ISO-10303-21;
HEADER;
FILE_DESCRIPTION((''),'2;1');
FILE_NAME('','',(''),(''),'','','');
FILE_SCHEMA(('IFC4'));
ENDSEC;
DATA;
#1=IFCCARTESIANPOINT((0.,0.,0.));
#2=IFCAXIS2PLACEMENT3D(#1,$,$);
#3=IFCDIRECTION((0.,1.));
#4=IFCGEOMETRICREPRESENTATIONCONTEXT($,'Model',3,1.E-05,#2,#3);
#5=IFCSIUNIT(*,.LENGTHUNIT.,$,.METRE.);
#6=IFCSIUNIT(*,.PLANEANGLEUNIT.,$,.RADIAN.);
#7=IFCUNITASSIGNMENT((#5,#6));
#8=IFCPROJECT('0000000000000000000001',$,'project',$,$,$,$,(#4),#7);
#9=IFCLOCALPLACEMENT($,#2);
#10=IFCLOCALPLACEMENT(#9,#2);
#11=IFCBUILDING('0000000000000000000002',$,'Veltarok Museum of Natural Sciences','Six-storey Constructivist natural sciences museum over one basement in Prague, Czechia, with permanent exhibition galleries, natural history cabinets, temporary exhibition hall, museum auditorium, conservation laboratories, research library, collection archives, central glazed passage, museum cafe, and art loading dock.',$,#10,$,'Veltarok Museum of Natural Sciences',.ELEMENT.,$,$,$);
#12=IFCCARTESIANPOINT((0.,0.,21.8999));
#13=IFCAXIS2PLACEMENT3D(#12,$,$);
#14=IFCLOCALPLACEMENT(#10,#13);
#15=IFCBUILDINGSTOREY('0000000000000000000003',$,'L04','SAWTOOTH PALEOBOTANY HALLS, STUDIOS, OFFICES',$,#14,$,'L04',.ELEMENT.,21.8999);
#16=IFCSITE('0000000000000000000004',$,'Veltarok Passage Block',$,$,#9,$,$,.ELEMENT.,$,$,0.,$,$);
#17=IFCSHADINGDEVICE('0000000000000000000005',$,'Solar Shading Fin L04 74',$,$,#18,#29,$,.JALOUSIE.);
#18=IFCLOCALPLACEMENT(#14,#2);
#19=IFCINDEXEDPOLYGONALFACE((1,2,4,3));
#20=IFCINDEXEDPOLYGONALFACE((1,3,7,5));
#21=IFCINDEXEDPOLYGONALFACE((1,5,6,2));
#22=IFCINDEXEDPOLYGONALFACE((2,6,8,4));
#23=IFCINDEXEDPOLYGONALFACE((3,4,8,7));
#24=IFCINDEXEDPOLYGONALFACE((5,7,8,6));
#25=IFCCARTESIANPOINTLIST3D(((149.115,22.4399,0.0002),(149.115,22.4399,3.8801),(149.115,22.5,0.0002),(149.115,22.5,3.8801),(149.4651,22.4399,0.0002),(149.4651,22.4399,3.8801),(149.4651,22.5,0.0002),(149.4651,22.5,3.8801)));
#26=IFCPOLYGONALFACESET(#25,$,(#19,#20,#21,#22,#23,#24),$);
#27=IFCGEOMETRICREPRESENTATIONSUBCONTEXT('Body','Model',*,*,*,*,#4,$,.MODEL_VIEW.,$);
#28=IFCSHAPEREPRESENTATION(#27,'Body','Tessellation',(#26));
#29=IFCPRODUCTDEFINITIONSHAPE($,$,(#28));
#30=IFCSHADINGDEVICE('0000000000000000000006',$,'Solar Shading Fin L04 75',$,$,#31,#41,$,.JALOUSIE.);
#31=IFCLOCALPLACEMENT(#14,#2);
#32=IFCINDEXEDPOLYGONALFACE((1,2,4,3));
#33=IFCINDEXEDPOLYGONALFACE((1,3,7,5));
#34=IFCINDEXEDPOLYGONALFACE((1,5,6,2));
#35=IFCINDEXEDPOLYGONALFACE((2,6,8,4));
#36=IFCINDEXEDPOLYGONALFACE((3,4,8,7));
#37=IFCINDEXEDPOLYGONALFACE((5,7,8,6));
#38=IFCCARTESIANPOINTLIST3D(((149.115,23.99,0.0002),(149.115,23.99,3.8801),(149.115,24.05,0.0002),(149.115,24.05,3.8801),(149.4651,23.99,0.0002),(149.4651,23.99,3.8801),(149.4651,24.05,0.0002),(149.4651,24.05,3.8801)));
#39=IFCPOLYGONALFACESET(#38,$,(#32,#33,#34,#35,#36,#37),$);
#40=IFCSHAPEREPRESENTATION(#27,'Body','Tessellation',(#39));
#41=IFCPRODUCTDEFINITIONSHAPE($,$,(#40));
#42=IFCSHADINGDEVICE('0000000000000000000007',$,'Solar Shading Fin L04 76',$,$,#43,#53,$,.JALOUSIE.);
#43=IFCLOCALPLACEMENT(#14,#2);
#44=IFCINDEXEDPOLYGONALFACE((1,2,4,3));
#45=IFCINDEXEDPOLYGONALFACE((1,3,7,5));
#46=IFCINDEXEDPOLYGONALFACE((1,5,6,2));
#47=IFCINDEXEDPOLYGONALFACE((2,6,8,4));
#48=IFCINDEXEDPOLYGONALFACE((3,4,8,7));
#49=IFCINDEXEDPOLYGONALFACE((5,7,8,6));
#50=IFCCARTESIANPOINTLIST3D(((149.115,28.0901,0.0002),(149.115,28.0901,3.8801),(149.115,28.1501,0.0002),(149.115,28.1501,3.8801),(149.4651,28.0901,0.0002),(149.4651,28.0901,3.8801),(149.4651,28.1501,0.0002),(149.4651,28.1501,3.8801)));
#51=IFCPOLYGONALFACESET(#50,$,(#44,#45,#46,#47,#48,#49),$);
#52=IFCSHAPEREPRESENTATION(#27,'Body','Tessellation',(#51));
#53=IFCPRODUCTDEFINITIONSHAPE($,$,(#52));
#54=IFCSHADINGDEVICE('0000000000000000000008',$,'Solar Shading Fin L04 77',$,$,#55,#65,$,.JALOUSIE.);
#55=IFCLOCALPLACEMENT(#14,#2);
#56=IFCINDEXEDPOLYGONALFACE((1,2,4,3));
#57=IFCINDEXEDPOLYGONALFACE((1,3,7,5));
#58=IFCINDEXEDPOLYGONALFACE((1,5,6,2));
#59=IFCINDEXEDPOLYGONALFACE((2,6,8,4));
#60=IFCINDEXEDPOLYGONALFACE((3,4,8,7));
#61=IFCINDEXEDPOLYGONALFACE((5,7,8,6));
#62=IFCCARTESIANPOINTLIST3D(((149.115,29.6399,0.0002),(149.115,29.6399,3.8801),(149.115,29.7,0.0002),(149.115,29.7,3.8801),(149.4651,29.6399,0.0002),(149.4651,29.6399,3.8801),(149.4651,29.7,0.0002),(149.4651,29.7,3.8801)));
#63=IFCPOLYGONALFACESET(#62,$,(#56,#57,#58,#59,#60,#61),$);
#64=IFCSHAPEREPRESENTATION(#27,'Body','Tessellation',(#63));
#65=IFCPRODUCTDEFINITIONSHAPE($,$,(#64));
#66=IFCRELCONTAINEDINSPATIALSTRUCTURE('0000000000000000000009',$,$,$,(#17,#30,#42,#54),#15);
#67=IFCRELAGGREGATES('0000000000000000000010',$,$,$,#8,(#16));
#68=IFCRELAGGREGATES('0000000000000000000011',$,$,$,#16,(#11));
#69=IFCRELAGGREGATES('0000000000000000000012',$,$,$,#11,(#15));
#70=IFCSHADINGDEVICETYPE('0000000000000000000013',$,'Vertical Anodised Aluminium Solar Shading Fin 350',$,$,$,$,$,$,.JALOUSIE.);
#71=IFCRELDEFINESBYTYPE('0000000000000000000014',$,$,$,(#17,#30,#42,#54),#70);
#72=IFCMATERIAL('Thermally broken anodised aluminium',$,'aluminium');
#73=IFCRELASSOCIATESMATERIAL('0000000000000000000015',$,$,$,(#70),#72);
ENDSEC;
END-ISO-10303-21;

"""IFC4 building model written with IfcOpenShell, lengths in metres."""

from ifc_helpers import new_model, si_unit, direction, frame, origin, origin_2d, place, context, subcontext, project, spatial, rectangle, extrude, material, type_object, element, save


model = new_model("IFC4")

# Units and contexts
model_context = context("Model", 3, precision=1e-05, world=origin(), true_north=direction((0.0, 1.0)))
body_context = subcontext(model_context, "Body", "Model", "MODEL_VIEW")
ifc_project = project(units=[si_unit("LENGTHUNIT", "METRE"), si_unit("PLANEANGLEUNIT", "RADIAN")], contexts=[model_context])

# Site, building, storey
site_placement = place(None, origin())
site = spatial("IfcSite", under=ifc_project, at=site_placement, Name="Veltarok Passage Block", CompositionType="ELEMENT", RefElevation=0.0)
building_placement = place(site_placement, origin())
building = spatial("IfcBuilding", under=site, at=building_placement, Name="Veltarok Museum of Natural Sciences", Description="Six-storey Constructivist natural sciences museum over one basement in Prague, Czechia, with permanent exhibition galleries, natural history cabinets, temporary exhibition hall, museum auditorium, conservation laboratories, research library, collection archives, central glazed passage, museum cafe, and art loading dock.", LongName="Veltarok Museum of Natural Sciences", CompositionType="ELEMENT")
storey_placement = place(building_placement, frame((0.0, 0.0, 21.8999)))
storey = spatial("IfcBuildingStorey", under=building, at=storey_placement, Name="L04", Description="SAWTOOTH PALEOBOTANY HALLS, STUDIOS, OFFICES", LongName="L04", CompositionType="ELEMENT", Elevation=21.8999)

# Shared definitions
ifc_material_1 = material(Name="Thermally broken anodised aluminium", Category="aluminium")

# Shading devices
shading_device_type = type_object("IfcShadingDeviceType", Name="Vertical Anodised Aluminium Solar Shading Fin 350", PredefinedType="JALOUSIE", material=ifc_material_1)
for number, where, z_axis, x_axis, name in (
    (1, (149.29, 22.47, 0.0002), (0.0, 0.0, 1.0), (1.0, 0.0, 0.0), "Solar Shading Fin L04 74"),
    (2, (149.29, 24.02, 0.0002), (0.0, 0.0, 1.0), (1.0, 0.0, 0.0), "Solar Shading Fin L04 75"),
    (3, (149.29, 28.1201, 0.0002), (0.0, 0.0, 1.0), (1.0, 0.0, 0.0), "Solar Shading Fin L04 76"),
    (4, (149.29, 29.6699, 0.0002), (0.0, 0.0, 1.0), (1.0, 0.0, 0.0), "Solar Shading Fin L04 77"),
):
    element("IfcShadingDevice", number, at=place(storey_placement, frame(where, z_axis=z_axis, x_axis=x_axis)), inside=storey, type_object=shading_device_type, Name=name, PredefinedType="JALOUSIE", context=body_context, shape_type="SweptSolid", body=[
        extrude(rectangle(XDim=0.3501, YDim=0.0601, at=origin_2d()), origin(), (0.0, 0.0, 1.0), 3.8799),
    ])

save(model, "model.ifc")
